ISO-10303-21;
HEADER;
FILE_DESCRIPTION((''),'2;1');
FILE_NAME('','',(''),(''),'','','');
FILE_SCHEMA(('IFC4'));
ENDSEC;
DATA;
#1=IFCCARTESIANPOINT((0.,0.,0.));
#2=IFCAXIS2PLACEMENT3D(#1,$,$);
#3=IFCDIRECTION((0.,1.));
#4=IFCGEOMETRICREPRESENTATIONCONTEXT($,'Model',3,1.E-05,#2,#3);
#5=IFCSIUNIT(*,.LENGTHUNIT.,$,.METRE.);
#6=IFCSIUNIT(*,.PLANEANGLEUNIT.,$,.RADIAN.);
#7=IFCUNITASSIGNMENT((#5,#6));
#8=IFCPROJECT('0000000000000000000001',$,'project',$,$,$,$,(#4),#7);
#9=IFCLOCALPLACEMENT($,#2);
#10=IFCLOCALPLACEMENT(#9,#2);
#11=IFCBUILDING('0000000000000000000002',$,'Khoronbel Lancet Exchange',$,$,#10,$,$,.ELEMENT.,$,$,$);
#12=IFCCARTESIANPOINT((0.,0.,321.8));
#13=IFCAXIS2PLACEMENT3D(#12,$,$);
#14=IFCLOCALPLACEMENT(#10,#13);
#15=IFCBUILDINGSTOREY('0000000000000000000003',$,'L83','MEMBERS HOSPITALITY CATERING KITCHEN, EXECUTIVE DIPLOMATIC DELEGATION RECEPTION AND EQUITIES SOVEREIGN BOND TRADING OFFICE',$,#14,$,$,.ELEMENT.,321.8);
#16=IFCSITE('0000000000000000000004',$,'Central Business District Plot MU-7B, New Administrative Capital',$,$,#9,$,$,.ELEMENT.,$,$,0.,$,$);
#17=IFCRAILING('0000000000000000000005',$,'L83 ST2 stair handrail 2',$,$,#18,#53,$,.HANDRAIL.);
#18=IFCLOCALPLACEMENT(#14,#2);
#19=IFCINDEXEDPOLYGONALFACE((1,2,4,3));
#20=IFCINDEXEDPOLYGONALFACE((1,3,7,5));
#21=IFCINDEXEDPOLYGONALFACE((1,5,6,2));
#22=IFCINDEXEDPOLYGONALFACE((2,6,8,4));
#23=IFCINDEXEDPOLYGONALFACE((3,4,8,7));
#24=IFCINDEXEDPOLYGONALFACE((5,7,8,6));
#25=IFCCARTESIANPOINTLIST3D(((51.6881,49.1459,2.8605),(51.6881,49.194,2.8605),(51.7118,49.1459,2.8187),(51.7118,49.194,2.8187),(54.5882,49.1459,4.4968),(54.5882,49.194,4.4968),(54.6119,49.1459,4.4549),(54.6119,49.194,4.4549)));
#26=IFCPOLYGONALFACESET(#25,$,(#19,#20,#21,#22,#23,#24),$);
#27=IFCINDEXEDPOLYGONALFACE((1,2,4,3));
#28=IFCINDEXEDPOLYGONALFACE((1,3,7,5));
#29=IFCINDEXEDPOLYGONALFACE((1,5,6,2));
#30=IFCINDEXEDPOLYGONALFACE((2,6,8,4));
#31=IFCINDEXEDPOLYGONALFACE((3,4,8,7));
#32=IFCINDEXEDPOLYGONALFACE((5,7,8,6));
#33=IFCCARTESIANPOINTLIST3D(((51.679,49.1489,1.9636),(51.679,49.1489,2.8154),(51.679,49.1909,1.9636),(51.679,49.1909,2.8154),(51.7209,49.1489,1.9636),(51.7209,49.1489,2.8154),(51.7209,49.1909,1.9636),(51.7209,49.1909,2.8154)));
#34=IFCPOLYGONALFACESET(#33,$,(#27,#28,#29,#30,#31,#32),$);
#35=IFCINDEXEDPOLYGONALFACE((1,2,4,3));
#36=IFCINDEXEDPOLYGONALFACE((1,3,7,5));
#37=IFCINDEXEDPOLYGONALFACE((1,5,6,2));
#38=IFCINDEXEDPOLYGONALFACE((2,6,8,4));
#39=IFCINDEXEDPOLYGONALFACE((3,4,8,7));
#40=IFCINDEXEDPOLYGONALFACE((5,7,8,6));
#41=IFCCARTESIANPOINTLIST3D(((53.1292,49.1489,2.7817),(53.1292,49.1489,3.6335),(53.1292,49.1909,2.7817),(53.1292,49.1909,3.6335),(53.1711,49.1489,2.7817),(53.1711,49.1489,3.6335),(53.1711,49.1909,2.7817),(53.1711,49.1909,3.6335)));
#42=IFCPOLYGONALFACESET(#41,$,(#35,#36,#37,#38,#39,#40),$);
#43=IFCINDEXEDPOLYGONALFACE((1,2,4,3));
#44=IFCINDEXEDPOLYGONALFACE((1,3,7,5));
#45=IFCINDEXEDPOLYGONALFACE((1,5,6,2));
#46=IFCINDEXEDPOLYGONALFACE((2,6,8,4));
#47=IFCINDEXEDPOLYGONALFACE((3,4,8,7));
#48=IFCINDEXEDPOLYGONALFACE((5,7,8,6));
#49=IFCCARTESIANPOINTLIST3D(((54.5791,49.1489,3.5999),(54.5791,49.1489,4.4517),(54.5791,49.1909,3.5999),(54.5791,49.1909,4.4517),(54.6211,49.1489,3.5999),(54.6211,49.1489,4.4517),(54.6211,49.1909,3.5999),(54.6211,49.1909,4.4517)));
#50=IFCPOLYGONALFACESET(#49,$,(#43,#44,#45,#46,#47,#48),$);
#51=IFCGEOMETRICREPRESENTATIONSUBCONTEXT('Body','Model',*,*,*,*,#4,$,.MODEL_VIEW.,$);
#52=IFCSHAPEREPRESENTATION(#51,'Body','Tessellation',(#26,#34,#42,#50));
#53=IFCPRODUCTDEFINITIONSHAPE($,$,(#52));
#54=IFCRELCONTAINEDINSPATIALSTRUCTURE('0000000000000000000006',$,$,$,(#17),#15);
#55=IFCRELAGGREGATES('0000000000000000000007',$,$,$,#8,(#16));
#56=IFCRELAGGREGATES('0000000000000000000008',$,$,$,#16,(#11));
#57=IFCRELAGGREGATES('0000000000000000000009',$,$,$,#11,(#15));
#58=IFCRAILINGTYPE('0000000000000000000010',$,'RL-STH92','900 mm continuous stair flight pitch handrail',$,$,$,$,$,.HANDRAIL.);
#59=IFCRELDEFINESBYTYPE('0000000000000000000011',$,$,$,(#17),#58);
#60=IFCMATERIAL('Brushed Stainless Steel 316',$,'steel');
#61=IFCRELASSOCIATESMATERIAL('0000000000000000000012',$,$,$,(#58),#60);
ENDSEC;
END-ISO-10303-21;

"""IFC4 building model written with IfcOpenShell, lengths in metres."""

from ifc_helpers import new_model, si_unit, direction, frame, origin, origin_2d, place, context, subcontext, project, spatial, rectangle, extrude, material, type_object, element, save


model = new_model("IFC4")

# Units and contexts
model_context = context("Model", 3, precision=1e-05, world=origin(), true_north=direction((0.0, 1.0)))
body_context = subcontext(model_context, "Body", "Model", "MODEL_VIEW")
ifc_project = project(units=[si_unit("LENGTHUNIT", "METRE"), si_unit("PLANEANGLEUNIT", "RADIAN")], contexts=[model_context])

# Site, building, storey
site_placement = place(None, origin())
site = spatial("IfcSite", under=ifc_project, at=site_placement, Name="Central Business District Plot MU-7B, New Administrative Capital", CompositionType="ELEMENT", RefElevation=0.0)
building_placement = place(site_placement, origin())
building = spatial("IfcBuilding", under=site, at=building_placement, Name="Khoronbel Lancet Exchange", CompositionType="ELEMENT")
storey_placement = place(building_placement, frame((0.0, 0.0, 321.8)))
storey = spatial("IfcBuildingStorey", under=building, at=storey_placement, Name="L83", Description="MEMBERS HOSPITALITY CATERING KITCHEN, EXECUTIVE DIPLOMATIC DELEGATION RECEPTION AND EQUITIES SOVEREIGN BOND TRADING OFFICE", CompositionType="ELEMENT", Elevation=321.8)

# Railing
ifc_material_1 = material(Name="Brushed Stainless Steel 316", Category="steel")
railing_type_1 = type_object("IfcRailingType", Name="RL-STH92", Description="900 mm continuous stair flight pitch handrail", PredefinedType="HANDRAIL", material=ifc_material_1)
railing_1_placement = place(storey_placement, frame((51.7, 49.1699, 1.9636)))
element("IfcRailing", 1, at=railing_1_placement, inside=storey, type_object=railing_type_1, Name="L83 ST2 stair handrail 2", PredefinedType="HANDRAIL", context=body_context, shape_type="SweptSolid", body=[
    extrude(rectangle(XDim=0.0481, YDim=0.0481, at=origin_2d()), frame((0.0, 0.0, 0.876), z_axis=(0.870946, 0.0, 0.491378), x_axis=(0.0, 1.0, 0.0)), (0.0, 0.0, 1.0), 3.3298),
    extrude(rectangle(XDim=0.042, YDim=0.042, at=origin_2d()), origin(), (0.0, 0.0, 1.0), 0.8518),
    extrude(rectangle(XDim=0.042, YDim=0.042, at=origin_2d()), frame((1.4502, 0.0, 0.8181)), (0.0, 0.0, 1.0), 0.8518),
    extrude(rectangle(XDim=0.042, YDim=0.042, at=origin_2d()), frame((2.9001, 0.0, 1.6362)), (0.0, 0.0, 1.0), 0.8518),
])

save(model, "model.ifc")
